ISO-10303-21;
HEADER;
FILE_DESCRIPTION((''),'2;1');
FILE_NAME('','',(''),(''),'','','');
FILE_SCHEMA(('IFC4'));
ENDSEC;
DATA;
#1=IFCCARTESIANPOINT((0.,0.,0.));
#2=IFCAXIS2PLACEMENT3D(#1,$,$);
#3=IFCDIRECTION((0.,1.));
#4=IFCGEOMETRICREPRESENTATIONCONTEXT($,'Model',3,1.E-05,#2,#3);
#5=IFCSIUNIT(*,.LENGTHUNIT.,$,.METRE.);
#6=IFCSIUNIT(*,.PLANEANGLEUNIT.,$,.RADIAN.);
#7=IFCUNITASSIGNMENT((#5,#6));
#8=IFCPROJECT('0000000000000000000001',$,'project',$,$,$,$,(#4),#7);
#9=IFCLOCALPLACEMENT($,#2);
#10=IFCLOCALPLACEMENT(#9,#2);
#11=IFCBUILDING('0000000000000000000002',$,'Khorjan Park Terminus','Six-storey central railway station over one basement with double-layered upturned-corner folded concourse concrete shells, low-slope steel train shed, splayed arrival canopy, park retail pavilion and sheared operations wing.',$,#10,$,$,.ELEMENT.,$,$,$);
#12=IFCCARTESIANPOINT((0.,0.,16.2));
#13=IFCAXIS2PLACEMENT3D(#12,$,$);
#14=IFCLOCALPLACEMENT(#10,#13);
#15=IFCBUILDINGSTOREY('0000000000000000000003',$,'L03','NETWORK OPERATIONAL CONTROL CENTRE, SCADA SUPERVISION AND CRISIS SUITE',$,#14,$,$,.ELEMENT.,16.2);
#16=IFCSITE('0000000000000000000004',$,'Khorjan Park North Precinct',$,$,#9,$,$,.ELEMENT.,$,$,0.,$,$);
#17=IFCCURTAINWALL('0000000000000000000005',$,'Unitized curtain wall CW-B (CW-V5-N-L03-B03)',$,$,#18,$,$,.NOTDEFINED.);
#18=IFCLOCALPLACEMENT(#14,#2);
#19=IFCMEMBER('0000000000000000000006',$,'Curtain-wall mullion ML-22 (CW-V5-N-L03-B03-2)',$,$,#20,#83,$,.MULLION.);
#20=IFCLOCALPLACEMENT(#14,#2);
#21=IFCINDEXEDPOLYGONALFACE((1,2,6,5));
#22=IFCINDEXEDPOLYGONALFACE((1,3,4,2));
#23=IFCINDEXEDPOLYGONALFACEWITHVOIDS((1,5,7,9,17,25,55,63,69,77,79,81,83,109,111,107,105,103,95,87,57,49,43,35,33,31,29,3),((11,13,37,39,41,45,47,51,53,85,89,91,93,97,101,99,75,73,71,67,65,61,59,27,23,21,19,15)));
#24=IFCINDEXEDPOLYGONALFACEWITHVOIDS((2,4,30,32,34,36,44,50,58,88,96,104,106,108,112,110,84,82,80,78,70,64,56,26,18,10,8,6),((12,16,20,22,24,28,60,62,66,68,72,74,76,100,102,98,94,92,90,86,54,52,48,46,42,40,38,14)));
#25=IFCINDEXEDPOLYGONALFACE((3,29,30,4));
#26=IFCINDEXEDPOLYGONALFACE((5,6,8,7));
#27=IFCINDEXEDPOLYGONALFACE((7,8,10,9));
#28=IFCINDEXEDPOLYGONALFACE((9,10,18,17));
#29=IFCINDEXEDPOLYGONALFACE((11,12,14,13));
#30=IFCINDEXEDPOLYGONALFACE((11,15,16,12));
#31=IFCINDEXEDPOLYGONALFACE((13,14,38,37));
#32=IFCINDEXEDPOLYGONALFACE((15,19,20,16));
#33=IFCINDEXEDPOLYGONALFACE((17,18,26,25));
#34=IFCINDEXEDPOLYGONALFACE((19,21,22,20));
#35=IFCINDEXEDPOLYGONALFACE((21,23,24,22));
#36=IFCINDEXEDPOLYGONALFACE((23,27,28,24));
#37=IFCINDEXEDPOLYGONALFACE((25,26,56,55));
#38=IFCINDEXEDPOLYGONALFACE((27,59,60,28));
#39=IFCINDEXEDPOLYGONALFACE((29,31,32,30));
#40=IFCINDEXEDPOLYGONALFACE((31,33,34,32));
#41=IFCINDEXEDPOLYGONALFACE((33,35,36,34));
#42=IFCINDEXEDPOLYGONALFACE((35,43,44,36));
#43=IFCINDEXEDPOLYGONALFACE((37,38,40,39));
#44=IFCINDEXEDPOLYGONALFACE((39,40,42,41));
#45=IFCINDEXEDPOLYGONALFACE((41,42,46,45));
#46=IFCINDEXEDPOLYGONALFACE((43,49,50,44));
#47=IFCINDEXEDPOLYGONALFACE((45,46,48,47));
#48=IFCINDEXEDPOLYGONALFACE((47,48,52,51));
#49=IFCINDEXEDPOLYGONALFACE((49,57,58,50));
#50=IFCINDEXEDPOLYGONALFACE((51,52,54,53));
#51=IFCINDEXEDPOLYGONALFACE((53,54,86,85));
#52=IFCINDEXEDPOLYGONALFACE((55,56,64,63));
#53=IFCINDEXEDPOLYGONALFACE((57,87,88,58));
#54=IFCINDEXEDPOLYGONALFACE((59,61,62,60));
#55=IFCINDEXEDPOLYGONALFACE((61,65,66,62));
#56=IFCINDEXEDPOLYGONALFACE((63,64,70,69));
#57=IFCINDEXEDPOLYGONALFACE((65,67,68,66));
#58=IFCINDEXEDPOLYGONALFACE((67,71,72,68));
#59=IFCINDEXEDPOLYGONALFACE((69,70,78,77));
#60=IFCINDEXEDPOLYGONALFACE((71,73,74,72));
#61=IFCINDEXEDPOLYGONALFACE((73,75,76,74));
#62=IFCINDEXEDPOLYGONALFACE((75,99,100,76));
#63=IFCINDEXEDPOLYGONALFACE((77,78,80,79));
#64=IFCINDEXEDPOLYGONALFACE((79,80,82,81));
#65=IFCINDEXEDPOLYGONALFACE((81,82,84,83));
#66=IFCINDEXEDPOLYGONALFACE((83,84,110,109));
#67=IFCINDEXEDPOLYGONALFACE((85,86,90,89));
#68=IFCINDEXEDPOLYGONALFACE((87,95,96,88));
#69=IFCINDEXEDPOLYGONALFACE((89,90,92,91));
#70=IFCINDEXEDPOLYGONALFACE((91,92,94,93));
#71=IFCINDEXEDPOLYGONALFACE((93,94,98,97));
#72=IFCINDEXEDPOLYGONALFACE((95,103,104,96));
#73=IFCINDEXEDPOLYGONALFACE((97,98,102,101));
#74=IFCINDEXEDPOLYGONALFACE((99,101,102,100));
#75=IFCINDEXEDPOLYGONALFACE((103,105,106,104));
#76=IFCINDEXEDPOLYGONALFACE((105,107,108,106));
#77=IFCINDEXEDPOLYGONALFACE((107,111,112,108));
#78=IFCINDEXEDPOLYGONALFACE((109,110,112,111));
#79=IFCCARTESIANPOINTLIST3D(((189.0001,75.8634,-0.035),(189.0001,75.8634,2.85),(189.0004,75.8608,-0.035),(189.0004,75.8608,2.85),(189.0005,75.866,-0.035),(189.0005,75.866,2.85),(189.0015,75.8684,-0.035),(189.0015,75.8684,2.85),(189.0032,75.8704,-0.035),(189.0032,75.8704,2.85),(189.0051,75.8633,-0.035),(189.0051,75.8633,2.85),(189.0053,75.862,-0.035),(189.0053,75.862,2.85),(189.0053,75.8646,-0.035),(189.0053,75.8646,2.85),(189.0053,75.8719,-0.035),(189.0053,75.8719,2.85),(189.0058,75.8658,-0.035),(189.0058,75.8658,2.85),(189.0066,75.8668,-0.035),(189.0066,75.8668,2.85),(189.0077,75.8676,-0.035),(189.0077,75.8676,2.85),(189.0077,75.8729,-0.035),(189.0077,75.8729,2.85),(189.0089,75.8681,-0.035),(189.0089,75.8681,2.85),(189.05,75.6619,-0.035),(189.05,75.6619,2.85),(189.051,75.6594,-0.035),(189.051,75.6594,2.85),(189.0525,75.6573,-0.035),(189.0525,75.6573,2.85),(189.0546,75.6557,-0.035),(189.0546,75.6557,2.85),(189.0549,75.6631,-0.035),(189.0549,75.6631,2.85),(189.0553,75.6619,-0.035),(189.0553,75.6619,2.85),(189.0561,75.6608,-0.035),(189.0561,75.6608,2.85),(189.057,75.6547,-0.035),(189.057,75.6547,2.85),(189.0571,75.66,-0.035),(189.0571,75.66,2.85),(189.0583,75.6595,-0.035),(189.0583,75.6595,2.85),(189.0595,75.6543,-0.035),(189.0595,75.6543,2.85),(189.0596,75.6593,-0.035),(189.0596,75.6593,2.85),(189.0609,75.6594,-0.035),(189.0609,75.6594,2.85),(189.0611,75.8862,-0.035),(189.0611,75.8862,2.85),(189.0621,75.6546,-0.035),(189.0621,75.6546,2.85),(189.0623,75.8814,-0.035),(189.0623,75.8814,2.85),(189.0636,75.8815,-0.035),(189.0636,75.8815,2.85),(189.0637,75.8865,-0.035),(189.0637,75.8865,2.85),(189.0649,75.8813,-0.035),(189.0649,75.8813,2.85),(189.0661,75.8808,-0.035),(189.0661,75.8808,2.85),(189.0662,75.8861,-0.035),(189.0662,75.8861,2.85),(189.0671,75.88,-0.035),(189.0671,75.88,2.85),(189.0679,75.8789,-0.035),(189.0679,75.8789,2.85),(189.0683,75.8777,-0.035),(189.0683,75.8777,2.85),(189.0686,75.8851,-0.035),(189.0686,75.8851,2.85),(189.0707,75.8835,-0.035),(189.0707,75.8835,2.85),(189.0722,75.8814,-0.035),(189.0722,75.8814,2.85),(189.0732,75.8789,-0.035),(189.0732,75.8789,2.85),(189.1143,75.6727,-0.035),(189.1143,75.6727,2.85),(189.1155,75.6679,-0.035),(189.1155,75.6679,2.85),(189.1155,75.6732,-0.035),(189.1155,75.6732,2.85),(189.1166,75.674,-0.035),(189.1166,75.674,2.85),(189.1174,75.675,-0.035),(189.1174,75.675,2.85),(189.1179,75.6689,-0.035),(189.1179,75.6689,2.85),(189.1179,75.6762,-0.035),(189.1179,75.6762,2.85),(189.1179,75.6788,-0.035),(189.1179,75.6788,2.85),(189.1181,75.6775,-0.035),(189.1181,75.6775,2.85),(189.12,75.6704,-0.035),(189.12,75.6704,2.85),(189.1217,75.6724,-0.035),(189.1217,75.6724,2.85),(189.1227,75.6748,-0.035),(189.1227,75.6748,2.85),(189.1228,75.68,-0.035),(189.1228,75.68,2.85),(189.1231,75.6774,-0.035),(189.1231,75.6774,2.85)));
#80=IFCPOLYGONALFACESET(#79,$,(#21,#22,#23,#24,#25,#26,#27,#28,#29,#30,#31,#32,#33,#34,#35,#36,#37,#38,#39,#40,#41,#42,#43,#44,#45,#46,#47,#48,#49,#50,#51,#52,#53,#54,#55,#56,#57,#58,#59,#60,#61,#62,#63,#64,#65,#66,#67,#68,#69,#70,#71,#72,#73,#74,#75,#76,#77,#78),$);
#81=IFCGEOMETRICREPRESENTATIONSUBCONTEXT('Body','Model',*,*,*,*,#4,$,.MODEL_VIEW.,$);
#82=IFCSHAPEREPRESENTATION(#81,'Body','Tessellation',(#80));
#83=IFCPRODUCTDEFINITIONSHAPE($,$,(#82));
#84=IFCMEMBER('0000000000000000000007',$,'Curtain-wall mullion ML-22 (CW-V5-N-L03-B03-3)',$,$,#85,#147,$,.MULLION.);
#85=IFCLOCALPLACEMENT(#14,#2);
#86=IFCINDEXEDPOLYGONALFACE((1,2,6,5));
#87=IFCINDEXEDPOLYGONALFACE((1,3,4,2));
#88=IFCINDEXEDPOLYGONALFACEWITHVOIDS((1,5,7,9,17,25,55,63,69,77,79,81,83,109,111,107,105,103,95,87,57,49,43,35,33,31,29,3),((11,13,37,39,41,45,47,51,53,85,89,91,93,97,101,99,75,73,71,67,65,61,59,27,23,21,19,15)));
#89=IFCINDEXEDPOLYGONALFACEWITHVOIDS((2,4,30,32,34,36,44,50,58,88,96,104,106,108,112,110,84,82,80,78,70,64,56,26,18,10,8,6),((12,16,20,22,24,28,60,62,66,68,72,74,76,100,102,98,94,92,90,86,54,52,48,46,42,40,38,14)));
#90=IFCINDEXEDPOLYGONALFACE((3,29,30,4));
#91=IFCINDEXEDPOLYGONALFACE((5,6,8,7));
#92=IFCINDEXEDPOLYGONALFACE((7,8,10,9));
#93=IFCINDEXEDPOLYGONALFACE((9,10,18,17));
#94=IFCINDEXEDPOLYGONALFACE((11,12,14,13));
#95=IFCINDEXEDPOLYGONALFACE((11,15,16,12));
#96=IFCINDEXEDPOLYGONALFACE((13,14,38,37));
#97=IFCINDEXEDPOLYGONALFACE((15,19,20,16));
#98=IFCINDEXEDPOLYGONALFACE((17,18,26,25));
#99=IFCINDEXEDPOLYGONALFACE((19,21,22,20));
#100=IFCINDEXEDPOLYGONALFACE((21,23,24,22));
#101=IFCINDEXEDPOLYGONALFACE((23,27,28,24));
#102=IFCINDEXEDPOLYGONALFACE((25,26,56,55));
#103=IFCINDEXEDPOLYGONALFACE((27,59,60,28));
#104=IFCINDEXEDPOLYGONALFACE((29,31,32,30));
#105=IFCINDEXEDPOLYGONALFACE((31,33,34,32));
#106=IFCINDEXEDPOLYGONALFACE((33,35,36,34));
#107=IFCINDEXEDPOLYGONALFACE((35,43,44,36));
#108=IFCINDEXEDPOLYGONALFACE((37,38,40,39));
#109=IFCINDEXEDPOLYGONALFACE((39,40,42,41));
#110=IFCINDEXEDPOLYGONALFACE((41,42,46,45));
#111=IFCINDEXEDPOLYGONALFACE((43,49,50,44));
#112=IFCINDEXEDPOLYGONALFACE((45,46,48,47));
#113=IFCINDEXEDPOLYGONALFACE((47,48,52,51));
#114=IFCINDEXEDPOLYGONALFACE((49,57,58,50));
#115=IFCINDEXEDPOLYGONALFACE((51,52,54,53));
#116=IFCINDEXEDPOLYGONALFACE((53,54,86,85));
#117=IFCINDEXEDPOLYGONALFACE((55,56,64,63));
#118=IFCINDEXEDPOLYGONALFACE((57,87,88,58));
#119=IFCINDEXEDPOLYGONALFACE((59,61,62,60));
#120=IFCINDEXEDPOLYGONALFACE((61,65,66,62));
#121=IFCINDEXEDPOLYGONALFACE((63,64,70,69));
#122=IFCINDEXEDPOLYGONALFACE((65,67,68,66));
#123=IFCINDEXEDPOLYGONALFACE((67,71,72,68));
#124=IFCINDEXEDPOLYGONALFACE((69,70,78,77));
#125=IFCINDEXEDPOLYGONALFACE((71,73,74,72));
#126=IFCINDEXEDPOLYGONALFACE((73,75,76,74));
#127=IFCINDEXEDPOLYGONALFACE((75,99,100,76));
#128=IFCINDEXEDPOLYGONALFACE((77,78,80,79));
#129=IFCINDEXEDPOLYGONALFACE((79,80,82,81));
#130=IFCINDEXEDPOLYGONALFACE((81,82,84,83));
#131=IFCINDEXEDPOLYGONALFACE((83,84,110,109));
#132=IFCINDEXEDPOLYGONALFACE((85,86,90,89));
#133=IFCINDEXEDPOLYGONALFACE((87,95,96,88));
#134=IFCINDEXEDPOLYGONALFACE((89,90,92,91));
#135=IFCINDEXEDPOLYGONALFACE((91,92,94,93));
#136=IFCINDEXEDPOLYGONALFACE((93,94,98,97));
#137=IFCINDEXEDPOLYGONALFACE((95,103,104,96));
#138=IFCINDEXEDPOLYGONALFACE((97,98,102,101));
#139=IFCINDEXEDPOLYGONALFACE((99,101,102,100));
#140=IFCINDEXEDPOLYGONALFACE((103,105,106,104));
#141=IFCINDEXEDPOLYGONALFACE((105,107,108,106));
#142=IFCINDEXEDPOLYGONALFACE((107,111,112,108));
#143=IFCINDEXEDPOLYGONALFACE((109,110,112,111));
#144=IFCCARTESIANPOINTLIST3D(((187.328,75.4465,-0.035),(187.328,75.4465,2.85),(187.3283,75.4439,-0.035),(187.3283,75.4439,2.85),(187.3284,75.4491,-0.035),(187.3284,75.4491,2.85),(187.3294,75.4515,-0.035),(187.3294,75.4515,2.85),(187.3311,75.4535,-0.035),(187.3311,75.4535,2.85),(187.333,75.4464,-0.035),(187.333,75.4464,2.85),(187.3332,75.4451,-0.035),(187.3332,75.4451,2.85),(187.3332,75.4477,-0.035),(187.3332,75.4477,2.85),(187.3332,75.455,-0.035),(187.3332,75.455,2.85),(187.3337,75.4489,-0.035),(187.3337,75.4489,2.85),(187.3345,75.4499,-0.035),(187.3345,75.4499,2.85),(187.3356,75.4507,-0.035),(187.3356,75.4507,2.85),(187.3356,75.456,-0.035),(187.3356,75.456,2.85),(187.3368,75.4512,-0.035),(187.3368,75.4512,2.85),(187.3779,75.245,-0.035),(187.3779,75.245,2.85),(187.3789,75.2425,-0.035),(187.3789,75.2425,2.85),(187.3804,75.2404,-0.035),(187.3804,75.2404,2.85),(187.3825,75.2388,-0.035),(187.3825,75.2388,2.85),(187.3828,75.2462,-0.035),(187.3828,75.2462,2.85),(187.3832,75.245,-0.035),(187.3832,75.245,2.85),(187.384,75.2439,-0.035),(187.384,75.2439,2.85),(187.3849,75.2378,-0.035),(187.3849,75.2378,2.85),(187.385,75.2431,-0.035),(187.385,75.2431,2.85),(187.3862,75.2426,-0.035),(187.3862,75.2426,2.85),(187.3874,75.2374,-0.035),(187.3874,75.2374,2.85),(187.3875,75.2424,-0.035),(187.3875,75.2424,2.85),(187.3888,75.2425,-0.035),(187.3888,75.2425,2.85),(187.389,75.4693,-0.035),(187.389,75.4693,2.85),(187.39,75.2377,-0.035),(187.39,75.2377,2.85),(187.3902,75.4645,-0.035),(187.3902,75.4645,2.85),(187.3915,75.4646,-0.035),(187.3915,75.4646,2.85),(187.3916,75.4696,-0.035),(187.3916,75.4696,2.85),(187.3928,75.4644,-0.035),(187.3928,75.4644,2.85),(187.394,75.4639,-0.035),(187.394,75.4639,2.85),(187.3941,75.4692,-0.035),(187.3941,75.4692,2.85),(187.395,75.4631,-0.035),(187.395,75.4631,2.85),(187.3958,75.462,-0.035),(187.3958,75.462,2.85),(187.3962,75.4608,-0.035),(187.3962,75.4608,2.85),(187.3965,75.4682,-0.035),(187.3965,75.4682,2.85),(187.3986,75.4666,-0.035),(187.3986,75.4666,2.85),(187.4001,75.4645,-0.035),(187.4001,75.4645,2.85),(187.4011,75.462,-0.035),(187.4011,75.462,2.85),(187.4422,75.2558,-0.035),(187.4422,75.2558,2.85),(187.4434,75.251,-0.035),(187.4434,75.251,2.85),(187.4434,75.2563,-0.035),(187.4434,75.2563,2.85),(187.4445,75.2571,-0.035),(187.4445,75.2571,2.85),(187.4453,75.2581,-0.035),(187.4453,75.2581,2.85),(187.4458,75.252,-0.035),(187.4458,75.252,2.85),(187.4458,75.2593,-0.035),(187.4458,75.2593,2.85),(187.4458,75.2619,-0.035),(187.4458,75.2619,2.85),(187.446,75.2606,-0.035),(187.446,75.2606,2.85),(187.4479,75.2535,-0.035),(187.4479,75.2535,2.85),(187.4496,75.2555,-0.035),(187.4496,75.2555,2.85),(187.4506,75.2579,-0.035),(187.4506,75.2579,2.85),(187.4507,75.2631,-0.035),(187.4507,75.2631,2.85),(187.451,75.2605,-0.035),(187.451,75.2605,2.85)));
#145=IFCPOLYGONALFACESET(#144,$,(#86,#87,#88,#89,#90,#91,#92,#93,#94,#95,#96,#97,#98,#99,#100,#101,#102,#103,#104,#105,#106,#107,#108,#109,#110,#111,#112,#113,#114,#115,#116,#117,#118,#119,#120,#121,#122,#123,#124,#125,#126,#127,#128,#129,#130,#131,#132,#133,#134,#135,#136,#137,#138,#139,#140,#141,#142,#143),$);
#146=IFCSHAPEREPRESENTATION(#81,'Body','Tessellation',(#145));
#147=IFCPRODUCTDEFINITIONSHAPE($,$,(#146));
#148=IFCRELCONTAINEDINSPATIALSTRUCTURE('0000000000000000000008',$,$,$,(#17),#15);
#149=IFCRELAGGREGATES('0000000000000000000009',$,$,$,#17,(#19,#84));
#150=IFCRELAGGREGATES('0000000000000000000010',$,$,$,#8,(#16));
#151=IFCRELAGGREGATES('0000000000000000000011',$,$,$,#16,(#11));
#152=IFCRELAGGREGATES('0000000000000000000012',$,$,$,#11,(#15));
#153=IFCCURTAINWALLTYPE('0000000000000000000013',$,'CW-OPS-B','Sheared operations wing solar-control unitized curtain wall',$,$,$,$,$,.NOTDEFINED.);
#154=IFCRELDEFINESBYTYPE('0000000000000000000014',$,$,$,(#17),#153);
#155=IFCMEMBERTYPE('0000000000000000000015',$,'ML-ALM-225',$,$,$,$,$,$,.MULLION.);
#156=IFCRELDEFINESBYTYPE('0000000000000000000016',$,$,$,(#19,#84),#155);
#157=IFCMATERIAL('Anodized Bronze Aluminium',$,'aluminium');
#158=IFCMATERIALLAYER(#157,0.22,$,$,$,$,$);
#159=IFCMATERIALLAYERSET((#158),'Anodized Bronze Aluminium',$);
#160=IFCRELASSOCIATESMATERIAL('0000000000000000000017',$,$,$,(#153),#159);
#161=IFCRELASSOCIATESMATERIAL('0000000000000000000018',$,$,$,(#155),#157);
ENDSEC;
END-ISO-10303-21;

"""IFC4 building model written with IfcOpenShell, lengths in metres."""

from ifc_helpers import new_model, si_unit, direction, frame, origin, origin_2d, place, context, subcontext, project, spatial, hollow_rectangle, extrude, material, layer, layer_set, material_profile, profile_set, type_object, element, aggregate, save


model = new_model("IFC4")

# Units and contexts
model_context = context("Model", 3, precision=1e-05, world=origin(), true_north=direction((0.0, 1.0)))
body_context = subcontext(model_context, "Body", "Model", "MODEL_VIEW")
ifc_project = project(units=[si_unit("LENGTHUNIT", "METRE"), si_unit("PLANEANGLEUNIT", "RADIAN")], contexts=[model_context])

# Site, building, storey
site_placement = place(None, origin())
site = spatial("IfcSite", under=ifc_project, at=site_placement, Name="Khorjan Park North Precinct", CompositionType="ELEMENT", RefElevation=0.0)
building_placement = place(site_placement, origin())
building = spatial("IfcBuilding", under=site, at=building_placement, Name="Khorjan Park Terminus", Description="Six-storey central railway station over one basement with double-layered upturned-corner folded concourse concrete shells, low-slope steel train shed, splayed arrival canopy, park retail pavilion and sheared operations wing.", CompositionType="ELEMENT")
storey_placement = place(building_placement, frame((0.0, 0.0, 16.2)))
storey = spatial("IfcBuildingStorey", under=building, at=storey_placement, Name="L03", Description="NETWORK OPERATIONAL CONTROL CENTRE, SCADA SUPERVISION AND CRISIS SUITE", CompositionType="ELEMENT", Elevation=16.2)

# Curtain wall, members
ifc_material_1 = material(Name="Anodized Bronze Aluminium", Category="aluminium")
ifc_layer_1 = layer(ifc_material_1, 0.22)
ifc_layer_set_1 = layer_set([ifc_layer_1], Name="Anodized Bronze Aluminium")
curtain_wall_type = type_object("IfcCurtainWallType", Name="CW-OPS-B", Description="Sheared operations wing solar-control unitized curtain wall", PredefinedType="NOTDEFINED", material=ifc_layer_set_1)
curtain_wall_placement = place(storey_placement, origin())
curtain_wall = element("IfcCurtainWall", 1, at=curtain_wall_placement, inside=storey, type_object=curtain_wall_type, Name="Unitized curtain wall CW-B (CW-V5-N-L03-B03)", PredefinedType="NOTDEFINED")
ifc_material_profile_1 = material_profile(ifc_material_1, hollow_rectangle(XDim=0.075, YDim=0.225, WallThickness=0.005, InnerFilletRadius=0.005, OuterFilletRadius=0.01, at=origin_2d()), Name="ALM 75x225x5")
ifc_profile_set_1 = profile_set([ifc_material_profile_1], Name="Anodized Bronze Aluminium")
member_type_1 = type_object("IfcMemberType", Name="ML-ALM-225", PredefinedType="MULLION", material=ifc_profile_set_1)
member_1_placement = place(storey_placement, frame((189.0616, 75.7704, -0.035), z_axis=(0.0, 0.0, 1.0), x_axis=(-0.970296, -0.241921, 0.0)))
member_1 = element("IfcMember", 2, at=member_1_placement, type_object=member_type_1, Name="Curtain-wall mullion ML-22 (CW-V5-N-L03-B03-2)", PredefinedType="MULLION", context=body_context, shape_type="SweptSolid", body=[
    extrude(hollow_rectangle(XDim=0.075, YDim=0.225, WallThickness=0.005, InnerFilletRadius=0.005, OuterFilletRadius=0.01, at=origin_2d()), origin(), (0.0, 0.0, 1.0), 2.885),
])
member_2_placement = place(storey_placement, frame((187.3895, 75.3535, -0.035), z_axis=(0.0, 0.0, 1.0), x_axis=(-0.970296, -0.241921, 0.0)))
member_2 = element("IfcMember", 3, at=member_2_placement, type_object=member_type_1, Name="Curtain-wall mullion ML-22 (CW-V5-N-L03-B03-3)", PredefinedType="MULLION", context=body_context, shape_type="SweptSolid", body=[
    extrude(hollow_rectangle(XDim=0.075, YDim=0.225, WallThickness=0.005, InnerFilletRadius=0.005, OuterFilletRadius=0.01, at=origin_2d()), origin(), (0.0, 0.0, 1.0), 2.885),
])
aggregate(curtain_wall, [member_1, member_2])

save(model, "model.ifc")
